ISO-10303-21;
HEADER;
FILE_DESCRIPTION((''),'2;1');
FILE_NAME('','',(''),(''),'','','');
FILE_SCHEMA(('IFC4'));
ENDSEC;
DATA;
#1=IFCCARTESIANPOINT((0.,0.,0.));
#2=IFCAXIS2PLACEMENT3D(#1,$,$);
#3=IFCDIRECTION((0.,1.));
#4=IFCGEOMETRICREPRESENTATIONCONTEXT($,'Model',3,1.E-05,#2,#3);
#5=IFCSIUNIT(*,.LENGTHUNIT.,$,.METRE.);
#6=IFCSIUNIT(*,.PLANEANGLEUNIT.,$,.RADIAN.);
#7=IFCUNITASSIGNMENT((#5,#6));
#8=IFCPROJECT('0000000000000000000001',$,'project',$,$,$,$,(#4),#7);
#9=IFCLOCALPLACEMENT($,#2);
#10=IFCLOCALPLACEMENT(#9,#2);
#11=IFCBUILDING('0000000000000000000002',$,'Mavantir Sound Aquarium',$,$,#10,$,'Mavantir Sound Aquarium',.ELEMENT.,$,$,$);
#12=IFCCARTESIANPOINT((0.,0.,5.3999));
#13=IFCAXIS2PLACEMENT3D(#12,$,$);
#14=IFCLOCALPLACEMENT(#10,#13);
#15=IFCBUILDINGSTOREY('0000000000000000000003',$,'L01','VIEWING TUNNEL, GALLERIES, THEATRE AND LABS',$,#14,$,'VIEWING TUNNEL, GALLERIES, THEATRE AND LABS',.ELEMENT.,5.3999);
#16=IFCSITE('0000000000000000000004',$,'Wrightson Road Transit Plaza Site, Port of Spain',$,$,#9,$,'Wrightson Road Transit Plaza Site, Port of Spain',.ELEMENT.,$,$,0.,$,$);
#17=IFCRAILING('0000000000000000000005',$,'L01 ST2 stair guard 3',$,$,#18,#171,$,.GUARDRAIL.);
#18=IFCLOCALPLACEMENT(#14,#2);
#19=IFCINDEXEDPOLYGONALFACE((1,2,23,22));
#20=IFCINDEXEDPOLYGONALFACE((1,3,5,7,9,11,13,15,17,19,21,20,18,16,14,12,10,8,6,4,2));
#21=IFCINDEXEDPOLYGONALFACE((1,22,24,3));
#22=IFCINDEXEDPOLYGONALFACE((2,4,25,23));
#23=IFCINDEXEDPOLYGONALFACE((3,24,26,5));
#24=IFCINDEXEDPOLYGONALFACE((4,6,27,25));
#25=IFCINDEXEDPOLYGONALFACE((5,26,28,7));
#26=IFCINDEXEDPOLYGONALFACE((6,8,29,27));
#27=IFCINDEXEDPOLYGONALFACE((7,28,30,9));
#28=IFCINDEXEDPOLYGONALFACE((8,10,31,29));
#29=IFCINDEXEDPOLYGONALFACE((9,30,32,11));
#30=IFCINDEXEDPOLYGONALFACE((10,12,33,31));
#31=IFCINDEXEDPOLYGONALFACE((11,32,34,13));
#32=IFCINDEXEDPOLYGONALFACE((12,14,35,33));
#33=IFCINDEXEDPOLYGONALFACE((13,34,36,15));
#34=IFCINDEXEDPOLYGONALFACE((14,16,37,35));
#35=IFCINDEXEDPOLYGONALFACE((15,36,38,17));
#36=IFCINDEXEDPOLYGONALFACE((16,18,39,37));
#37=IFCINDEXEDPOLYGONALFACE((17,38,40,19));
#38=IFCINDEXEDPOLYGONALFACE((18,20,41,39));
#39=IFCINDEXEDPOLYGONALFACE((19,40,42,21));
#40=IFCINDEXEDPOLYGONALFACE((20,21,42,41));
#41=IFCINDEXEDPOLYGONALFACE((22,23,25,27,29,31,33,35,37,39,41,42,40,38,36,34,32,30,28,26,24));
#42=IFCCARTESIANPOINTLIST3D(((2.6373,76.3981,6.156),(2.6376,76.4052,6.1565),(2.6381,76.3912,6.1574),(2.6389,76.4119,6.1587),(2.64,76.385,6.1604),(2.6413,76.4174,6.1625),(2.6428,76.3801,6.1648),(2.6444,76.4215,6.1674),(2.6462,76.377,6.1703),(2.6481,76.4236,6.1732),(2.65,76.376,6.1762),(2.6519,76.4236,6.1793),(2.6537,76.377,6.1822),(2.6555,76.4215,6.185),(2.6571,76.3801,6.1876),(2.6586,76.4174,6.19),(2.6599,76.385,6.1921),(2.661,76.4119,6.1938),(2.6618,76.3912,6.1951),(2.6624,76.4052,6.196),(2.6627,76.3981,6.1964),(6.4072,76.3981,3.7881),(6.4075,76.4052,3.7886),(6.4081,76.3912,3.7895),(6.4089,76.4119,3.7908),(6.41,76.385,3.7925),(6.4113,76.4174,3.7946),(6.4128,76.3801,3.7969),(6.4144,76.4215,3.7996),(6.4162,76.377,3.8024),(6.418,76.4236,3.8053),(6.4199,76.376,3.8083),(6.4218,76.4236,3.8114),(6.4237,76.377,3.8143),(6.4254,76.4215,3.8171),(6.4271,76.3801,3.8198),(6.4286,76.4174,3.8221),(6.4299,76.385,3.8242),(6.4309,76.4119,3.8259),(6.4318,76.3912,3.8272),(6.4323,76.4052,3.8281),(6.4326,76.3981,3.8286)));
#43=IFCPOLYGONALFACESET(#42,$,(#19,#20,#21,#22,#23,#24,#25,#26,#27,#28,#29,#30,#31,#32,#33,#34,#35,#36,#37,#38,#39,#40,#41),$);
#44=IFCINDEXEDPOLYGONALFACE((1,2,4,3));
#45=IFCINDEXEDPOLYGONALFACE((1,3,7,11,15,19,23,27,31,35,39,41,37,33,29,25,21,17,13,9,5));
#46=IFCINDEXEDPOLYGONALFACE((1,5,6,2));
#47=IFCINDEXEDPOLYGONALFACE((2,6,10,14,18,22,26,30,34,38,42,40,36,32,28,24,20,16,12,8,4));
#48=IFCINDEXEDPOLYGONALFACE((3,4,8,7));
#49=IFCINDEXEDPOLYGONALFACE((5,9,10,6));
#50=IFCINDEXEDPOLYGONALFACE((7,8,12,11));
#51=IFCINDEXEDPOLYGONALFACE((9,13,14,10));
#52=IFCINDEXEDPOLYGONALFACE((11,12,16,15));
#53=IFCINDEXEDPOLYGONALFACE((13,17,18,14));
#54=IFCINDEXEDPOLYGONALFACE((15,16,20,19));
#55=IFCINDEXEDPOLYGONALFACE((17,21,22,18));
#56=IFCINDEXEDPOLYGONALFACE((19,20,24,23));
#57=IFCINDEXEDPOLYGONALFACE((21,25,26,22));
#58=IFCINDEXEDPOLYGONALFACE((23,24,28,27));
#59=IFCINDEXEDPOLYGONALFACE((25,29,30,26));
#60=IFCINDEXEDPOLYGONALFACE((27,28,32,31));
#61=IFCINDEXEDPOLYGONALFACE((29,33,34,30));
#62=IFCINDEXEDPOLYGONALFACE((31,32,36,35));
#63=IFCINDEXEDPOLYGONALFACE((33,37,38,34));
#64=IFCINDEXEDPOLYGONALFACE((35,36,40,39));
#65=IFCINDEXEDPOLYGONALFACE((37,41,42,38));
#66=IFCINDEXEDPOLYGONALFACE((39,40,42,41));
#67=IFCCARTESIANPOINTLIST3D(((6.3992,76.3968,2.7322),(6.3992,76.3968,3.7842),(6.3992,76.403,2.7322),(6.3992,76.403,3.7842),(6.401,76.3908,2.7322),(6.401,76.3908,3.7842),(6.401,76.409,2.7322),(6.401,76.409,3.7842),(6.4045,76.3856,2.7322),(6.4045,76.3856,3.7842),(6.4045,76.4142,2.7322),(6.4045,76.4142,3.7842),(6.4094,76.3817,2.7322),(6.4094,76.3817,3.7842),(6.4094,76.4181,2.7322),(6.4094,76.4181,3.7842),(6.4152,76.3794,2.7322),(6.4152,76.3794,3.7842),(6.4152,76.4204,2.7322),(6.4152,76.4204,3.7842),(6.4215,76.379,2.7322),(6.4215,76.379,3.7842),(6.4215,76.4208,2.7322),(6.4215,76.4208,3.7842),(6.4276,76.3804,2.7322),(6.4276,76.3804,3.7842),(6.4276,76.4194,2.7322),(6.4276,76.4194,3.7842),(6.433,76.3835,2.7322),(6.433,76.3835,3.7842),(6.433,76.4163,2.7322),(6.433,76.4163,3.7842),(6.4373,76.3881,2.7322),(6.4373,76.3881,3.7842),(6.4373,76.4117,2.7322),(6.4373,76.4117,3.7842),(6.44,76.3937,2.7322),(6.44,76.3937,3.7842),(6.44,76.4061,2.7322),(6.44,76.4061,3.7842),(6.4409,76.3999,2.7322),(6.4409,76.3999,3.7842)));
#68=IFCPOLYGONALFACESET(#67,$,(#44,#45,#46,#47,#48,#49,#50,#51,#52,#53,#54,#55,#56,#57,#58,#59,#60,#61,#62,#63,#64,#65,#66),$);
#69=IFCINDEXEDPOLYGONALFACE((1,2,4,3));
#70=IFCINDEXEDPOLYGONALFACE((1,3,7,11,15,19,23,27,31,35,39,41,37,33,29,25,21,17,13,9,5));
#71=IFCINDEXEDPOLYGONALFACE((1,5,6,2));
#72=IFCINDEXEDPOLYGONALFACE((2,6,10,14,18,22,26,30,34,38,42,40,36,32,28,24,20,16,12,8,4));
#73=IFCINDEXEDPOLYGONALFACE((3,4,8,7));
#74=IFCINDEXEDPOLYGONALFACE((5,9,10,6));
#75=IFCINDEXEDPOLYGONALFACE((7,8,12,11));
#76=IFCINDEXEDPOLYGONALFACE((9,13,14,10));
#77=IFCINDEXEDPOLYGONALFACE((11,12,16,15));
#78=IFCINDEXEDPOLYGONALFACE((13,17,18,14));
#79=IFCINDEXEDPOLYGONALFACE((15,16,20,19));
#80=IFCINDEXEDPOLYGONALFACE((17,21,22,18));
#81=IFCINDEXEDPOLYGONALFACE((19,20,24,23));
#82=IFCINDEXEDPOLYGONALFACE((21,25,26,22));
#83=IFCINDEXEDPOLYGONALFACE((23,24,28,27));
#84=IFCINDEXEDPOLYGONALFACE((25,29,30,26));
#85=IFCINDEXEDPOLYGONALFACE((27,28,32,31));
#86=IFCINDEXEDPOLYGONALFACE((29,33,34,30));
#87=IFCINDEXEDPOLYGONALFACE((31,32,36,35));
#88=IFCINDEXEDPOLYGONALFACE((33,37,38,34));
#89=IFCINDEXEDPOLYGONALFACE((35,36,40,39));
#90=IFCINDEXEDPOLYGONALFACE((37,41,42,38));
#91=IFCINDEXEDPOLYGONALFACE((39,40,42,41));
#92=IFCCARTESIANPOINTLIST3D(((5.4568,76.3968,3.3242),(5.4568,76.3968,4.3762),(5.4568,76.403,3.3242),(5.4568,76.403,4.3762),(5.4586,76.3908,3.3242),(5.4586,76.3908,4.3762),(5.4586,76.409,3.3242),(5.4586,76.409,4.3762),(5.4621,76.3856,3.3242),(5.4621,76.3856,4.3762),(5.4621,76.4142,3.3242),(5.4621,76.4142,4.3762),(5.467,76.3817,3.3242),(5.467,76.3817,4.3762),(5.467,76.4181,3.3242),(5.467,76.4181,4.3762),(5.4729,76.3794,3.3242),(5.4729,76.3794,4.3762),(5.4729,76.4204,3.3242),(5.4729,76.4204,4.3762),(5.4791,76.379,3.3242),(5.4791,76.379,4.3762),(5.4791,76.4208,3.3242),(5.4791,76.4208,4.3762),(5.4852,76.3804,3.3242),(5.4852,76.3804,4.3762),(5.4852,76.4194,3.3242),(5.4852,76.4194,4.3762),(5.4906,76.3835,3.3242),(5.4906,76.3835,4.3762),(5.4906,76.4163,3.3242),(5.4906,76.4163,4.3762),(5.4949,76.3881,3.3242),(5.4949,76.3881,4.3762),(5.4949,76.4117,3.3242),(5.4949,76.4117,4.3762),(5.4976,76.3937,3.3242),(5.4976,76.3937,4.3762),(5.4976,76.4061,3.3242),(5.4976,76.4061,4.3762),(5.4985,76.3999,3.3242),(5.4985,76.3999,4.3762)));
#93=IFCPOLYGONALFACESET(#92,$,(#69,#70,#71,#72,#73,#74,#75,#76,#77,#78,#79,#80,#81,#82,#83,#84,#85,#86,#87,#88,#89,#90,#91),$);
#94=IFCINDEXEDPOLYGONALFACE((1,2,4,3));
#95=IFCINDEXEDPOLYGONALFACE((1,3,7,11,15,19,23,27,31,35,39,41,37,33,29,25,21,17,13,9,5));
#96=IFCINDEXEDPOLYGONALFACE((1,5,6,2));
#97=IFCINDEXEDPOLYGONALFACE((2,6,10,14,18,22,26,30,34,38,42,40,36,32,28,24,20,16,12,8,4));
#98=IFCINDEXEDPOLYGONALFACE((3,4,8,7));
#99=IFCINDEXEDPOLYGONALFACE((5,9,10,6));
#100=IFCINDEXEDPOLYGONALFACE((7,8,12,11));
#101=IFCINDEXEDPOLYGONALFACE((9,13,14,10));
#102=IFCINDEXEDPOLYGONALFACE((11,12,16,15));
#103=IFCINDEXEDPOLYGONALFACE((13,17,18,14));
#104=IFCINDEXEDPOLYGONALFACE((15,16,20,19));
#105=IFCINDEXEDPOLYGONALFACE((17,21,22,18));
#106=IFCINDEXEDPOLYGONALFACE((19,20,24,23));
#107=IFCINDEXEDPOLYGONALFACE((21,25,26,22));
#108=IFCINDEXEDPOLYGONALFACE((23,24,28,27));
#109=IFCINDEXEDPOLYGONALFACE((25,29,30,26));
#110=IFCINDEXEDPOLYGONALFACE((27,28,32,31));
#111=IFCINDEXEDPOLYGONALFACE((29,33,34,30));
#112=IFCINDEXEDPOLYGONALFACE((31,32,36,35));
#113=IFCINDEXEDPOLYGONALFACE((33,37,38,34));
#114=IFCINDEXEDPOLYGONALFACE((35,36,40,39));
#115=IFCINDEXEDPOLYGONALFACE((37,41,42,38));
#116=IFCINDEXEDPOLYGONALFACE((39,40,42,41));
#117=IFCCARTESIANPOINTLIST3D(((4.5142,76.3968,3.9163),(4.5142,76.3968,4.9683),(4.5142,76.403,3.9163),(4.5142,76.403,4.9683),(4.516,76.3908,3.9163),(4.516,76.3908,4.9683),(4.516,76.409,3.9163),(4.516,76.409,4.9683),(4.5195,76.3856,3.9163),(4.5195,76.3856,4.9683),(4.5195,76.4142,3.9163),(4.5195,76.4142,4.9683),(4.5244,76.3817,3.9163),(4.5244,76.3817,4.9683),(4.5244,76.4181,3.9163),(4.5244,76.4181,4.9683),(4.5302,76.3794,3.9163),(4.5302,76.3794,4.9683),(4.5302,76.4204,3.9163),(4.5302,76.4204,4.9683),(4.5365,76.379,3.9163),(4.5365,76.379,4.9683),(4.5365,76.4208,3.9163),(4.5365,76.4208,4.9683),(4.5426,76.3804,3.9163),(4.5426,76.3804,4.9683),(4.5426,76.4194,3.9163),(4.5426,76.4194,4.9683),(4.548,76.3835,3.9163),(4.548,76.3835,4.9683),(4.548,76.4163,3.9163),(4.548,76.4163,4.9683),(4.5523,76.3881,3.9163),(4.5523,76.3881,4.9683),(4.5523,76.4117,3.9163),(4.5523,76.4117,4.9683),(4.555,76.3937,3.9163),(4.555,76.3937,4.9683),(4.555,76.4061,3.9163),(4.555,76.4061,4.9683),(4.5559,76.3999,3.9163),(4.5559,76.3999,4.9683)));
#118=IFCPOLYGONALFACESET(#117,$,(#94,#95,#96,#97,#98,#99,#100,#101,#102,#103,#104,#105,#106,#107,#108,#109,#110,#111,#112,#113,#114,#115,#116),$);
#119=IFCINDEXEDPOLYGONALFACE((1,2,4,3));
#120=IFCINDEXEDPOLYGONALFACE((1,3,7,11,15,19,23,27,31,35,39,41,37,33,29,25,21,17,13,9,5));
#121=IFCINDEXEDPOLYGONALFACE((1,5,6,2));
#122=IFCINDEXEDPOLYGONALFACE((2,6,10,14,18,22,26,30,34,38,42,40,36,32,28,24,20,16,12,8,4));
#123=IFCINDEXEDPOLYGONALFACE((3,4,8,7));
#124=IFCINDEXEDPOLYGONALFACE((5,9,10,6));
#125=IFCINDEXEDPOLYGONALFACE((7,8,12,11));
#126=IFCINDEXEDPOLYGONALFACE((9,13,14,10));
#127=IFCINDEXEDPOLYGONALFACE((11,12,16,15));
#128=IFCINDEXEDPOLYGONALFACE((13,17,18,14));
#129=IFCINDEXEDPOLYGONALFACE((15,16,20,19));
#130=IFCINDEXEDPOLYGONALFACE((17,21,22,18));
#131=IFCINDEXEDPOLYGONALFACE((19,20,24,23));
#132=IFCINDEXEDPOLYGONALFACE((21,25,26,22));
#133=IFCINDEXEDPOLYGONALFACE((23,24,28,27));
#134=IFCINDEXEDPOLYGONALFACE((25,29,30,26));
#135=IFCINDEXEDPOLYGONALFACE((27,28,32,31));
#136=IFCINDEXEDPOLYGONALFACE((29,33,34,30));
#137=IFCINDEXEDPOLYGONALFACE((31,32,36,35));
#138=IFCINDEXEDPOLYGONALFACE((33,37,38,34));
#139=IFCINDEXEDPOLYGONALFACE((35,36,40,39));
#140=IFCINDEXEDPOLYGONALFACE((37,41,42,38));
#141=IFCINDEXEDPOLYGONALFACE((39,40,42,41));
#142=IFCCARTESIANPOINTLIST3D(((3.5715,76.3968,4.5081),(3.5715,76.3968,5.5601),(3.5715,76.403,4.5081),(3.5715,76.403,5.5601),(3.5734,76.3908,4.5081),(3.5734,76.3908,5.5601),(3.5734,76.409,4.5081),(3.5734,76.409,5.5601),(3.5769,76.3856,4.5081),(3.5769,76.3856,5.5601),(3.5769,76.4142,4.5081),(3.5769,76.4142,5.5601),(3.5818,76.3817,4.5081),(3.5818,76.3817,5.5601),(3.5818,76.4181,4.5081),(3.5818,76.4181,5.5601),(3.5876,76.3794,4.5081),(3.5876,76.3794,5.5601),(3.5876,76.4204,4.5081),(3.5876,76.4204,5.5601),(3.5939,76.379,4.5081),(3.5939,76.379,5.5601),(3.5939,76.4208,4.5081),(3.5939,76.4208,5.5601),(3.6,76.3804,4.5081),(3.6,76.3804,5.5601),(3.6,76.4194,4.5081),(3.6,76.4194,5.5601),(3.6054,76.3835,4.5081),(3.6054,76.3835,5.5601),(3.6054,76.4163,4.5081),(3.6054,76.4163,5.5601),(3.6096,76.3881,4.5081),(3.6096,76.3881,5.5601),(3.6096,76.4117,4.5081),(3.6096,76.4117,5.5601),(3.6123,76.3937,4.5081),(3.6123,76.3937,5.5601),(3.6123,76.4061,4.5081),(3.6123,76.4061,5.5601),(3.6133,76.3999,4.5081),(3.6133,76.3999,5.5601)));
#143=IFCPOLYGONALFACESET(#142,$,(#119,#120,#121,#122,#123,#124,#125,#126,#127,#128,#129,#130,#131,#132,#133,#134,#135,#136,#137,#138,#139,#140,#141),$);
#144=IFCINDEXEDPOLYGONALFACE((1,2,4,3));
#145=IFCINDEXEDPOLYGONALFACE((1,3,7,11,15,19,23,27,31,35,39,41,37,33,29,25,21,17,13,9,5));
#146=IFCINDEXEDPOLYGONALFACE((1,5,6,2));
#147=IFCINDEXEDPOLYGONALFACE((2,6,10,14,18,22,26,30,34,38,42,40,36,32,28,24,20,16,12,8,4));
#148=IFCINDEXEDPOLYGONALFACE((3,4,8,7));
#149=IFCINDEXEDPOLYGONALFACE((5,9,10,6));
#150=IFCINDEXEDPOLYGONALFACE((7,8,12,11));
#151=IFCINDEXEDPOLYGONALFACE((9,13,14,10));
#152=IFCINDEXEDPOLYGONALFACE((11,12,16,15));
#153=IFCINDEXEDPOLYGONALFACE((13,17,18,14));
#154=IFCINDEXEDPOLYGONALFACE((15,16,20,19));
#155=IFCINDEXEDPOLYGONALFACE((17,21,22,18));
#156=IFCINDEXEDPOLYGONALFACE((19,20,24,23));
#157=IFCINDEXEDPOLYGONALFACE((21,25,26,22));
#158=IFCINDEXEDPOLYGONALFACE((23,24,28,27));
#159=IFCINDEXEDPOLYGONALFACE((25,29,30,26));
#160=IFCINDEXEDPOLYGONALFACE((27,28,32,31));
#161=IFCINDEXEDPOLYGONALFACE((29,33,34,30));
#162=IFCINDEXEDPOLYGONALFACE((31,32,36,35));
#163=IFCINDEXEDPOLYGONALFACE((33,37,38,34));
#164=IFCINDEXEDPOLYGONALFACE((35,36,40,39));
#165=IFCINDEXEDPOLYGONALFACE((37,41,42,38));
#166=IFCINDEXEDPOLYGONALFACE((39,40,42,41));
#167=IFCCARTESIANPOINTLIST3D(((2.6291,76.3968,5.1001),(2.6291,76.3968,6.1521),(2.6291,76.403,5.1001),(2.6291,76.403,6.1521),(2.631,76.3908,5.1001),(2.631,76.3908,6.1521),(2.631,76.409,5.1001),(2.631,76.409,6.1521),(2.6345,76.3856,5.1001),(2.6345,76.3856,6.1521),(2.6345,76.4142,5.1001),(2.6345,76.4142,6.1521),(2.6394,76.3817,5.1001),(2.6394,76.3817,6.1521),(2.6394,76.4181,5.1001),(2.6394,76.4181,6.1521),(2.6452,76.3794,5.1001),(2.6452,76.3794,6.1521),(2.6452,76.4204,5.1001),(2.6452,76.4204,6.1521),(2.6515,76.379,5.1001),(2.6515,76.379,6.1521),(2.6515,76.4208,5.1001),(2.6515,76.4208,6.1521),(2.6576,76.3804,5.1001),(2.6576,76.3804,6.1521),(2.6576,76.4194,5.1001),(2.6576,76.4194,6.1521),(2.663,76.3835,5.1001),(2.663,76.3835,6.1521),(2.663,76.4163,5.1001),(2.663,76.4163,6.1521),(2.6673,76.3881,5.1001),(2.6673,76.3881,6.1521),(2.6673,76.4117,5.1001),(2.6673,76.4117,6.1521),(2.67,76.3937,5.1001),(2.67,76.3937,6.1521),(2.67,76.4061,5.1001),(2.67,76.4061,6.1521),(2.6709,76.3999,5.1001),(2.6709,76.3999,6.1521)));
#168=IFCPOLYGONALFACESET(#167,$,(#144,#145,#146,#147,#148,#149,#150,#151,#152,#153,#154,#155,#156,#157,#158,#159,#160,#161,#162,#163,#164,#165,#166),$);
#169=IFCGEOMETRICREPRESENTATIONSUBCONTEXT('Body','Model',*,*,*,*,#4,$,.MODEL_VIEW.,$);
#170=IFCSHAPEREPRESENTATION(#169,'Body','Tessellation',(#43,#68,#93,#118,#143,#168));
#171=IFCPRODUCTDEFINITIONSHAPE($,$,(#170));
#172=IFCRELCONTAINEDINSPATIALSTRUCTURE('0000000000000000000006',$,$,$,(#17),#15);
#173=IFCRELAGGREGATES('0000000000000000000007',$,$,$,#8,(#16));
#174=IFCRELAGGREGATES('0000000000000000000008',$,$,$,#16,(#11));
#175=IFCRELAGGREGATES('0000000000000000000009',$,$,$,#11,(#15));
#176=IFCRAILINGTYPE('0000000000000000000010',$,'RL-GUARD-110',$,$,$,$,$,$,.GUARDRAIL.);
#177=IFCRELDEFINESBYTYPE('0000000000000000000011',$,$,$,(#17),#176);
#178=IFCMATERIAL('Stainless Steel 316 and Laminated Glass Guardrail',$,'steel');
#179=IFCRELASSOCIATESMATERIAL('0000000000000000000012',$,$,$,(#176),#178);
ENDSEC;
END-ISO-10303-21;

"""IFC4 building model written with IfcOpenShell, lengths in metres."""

from ifc_helpers import new_model, si_unit, direction, frame, origin, origin_2d, place, context, subcontext, project, spatial, circle, extrude, material, type_object, element, save


model = new_model("IFC4")

# Units and contexts
model_context = context("Model", 3, precision=1e-05, world=origin(), true_north=direction((0.0, 1.0)))
body_context = subcontext(model_context, "Body", "Model", "MODEL_VIEW")
ifc_project = project(units=[si_unit("LENGTHUNIT", "METRE"), si_unit("PLANEANGLEUNIT", "RADIAN")], contexts=[model_context])

# Site, building, storey
site_placement = place(None, origin())
site = spatial("IfcSite", under=ifc_project, at=site_placement, Name="Wrightson Road Transit Plaza Site, Port of Spain", LongName="Wrightson Road Transit Plaza Site, Port of Spain", CompositionType="ELEMENT", RefElevation=0.0)
building_placement = place(site_placement, origin())
building = spatial("IfcBuilding", under=site, at=building_placement, Name="Mavantir Sound Aquarium", LongName="Mavantir Sound Aquarium", CompositionType="ELEMENT")
storey_placement = place(building_placement, frame((0.0, 0.0, 5.3999)))
storey = spatial("IfcBuildingStorey", under=building, at=storey_placement, Name="L01", Description="VIEWING TUNNEL, GALLERIES, THEATRE AND LABS", LongName="VIEWING TUNNEL, GALLERIES, THEATRE AND LABS", CompositionType="ELEMENT", Elevation=5.3999)

# Railing
ifc_material_1 = material(Name="Stainless Steel 316 and Laminated Glass Guardrail", Category="steel")
railing_type_1 = type_object("IfcRailingType", Name="RL-GUARD-110", PredefinedType="GUARDRAIL", material=ifc_material_1)
railing_1_placement = place(storey_placement, frame((6.4199, 76.3999, 2.7322)))
element("IfcRailing", 1, at=railing_1_placement, inside=storey, type_object=railing_type_1, Name="L01 ST2 stair guard 3", PredefinedType="GUARDRAIL", context=body_context, shape_type="SweptSolid", body=[
    extrude(circle(Radius=0.0239, at=origin_2d()), frame((0.0, 0.0, 1.0762), z_axis=(-0.846819, 0.0, 0.531881), x_axis=(0.0, -1.0, 0.0)), (0.0, 0.0, 1.0), 4.4519),
    extrude(circle(Radius=0.021, at=origin_2d()), origin(), (0.0, 0.0, 1.0), 1.052),
    extrude(circle(Radius=0.021, at=origin_2d()), frame((-0.9424, 0.0, 0.592)), (0.0, 0.0, 1.0), 1.052),
    extrude(circle(Radius=0.021, at=origin_2d()), frame((-1.885, 0.0, 1.1841)), (0.0, 0.0, 1.0), 1.052),
    extrude(circle(Radius=0.021, at=origin_2d()), frame((-2.8276, 0.0, 1.7759)), (0.0, 0.0, 1.0), 1.052),
    extrude(circle(Radius=0.021, at=origin_2d()), frame((-3.77, 0.0, 2.3679)), (0.0, 0.0, 1.0), 1.052),
])

save(model, "model.ifc")
